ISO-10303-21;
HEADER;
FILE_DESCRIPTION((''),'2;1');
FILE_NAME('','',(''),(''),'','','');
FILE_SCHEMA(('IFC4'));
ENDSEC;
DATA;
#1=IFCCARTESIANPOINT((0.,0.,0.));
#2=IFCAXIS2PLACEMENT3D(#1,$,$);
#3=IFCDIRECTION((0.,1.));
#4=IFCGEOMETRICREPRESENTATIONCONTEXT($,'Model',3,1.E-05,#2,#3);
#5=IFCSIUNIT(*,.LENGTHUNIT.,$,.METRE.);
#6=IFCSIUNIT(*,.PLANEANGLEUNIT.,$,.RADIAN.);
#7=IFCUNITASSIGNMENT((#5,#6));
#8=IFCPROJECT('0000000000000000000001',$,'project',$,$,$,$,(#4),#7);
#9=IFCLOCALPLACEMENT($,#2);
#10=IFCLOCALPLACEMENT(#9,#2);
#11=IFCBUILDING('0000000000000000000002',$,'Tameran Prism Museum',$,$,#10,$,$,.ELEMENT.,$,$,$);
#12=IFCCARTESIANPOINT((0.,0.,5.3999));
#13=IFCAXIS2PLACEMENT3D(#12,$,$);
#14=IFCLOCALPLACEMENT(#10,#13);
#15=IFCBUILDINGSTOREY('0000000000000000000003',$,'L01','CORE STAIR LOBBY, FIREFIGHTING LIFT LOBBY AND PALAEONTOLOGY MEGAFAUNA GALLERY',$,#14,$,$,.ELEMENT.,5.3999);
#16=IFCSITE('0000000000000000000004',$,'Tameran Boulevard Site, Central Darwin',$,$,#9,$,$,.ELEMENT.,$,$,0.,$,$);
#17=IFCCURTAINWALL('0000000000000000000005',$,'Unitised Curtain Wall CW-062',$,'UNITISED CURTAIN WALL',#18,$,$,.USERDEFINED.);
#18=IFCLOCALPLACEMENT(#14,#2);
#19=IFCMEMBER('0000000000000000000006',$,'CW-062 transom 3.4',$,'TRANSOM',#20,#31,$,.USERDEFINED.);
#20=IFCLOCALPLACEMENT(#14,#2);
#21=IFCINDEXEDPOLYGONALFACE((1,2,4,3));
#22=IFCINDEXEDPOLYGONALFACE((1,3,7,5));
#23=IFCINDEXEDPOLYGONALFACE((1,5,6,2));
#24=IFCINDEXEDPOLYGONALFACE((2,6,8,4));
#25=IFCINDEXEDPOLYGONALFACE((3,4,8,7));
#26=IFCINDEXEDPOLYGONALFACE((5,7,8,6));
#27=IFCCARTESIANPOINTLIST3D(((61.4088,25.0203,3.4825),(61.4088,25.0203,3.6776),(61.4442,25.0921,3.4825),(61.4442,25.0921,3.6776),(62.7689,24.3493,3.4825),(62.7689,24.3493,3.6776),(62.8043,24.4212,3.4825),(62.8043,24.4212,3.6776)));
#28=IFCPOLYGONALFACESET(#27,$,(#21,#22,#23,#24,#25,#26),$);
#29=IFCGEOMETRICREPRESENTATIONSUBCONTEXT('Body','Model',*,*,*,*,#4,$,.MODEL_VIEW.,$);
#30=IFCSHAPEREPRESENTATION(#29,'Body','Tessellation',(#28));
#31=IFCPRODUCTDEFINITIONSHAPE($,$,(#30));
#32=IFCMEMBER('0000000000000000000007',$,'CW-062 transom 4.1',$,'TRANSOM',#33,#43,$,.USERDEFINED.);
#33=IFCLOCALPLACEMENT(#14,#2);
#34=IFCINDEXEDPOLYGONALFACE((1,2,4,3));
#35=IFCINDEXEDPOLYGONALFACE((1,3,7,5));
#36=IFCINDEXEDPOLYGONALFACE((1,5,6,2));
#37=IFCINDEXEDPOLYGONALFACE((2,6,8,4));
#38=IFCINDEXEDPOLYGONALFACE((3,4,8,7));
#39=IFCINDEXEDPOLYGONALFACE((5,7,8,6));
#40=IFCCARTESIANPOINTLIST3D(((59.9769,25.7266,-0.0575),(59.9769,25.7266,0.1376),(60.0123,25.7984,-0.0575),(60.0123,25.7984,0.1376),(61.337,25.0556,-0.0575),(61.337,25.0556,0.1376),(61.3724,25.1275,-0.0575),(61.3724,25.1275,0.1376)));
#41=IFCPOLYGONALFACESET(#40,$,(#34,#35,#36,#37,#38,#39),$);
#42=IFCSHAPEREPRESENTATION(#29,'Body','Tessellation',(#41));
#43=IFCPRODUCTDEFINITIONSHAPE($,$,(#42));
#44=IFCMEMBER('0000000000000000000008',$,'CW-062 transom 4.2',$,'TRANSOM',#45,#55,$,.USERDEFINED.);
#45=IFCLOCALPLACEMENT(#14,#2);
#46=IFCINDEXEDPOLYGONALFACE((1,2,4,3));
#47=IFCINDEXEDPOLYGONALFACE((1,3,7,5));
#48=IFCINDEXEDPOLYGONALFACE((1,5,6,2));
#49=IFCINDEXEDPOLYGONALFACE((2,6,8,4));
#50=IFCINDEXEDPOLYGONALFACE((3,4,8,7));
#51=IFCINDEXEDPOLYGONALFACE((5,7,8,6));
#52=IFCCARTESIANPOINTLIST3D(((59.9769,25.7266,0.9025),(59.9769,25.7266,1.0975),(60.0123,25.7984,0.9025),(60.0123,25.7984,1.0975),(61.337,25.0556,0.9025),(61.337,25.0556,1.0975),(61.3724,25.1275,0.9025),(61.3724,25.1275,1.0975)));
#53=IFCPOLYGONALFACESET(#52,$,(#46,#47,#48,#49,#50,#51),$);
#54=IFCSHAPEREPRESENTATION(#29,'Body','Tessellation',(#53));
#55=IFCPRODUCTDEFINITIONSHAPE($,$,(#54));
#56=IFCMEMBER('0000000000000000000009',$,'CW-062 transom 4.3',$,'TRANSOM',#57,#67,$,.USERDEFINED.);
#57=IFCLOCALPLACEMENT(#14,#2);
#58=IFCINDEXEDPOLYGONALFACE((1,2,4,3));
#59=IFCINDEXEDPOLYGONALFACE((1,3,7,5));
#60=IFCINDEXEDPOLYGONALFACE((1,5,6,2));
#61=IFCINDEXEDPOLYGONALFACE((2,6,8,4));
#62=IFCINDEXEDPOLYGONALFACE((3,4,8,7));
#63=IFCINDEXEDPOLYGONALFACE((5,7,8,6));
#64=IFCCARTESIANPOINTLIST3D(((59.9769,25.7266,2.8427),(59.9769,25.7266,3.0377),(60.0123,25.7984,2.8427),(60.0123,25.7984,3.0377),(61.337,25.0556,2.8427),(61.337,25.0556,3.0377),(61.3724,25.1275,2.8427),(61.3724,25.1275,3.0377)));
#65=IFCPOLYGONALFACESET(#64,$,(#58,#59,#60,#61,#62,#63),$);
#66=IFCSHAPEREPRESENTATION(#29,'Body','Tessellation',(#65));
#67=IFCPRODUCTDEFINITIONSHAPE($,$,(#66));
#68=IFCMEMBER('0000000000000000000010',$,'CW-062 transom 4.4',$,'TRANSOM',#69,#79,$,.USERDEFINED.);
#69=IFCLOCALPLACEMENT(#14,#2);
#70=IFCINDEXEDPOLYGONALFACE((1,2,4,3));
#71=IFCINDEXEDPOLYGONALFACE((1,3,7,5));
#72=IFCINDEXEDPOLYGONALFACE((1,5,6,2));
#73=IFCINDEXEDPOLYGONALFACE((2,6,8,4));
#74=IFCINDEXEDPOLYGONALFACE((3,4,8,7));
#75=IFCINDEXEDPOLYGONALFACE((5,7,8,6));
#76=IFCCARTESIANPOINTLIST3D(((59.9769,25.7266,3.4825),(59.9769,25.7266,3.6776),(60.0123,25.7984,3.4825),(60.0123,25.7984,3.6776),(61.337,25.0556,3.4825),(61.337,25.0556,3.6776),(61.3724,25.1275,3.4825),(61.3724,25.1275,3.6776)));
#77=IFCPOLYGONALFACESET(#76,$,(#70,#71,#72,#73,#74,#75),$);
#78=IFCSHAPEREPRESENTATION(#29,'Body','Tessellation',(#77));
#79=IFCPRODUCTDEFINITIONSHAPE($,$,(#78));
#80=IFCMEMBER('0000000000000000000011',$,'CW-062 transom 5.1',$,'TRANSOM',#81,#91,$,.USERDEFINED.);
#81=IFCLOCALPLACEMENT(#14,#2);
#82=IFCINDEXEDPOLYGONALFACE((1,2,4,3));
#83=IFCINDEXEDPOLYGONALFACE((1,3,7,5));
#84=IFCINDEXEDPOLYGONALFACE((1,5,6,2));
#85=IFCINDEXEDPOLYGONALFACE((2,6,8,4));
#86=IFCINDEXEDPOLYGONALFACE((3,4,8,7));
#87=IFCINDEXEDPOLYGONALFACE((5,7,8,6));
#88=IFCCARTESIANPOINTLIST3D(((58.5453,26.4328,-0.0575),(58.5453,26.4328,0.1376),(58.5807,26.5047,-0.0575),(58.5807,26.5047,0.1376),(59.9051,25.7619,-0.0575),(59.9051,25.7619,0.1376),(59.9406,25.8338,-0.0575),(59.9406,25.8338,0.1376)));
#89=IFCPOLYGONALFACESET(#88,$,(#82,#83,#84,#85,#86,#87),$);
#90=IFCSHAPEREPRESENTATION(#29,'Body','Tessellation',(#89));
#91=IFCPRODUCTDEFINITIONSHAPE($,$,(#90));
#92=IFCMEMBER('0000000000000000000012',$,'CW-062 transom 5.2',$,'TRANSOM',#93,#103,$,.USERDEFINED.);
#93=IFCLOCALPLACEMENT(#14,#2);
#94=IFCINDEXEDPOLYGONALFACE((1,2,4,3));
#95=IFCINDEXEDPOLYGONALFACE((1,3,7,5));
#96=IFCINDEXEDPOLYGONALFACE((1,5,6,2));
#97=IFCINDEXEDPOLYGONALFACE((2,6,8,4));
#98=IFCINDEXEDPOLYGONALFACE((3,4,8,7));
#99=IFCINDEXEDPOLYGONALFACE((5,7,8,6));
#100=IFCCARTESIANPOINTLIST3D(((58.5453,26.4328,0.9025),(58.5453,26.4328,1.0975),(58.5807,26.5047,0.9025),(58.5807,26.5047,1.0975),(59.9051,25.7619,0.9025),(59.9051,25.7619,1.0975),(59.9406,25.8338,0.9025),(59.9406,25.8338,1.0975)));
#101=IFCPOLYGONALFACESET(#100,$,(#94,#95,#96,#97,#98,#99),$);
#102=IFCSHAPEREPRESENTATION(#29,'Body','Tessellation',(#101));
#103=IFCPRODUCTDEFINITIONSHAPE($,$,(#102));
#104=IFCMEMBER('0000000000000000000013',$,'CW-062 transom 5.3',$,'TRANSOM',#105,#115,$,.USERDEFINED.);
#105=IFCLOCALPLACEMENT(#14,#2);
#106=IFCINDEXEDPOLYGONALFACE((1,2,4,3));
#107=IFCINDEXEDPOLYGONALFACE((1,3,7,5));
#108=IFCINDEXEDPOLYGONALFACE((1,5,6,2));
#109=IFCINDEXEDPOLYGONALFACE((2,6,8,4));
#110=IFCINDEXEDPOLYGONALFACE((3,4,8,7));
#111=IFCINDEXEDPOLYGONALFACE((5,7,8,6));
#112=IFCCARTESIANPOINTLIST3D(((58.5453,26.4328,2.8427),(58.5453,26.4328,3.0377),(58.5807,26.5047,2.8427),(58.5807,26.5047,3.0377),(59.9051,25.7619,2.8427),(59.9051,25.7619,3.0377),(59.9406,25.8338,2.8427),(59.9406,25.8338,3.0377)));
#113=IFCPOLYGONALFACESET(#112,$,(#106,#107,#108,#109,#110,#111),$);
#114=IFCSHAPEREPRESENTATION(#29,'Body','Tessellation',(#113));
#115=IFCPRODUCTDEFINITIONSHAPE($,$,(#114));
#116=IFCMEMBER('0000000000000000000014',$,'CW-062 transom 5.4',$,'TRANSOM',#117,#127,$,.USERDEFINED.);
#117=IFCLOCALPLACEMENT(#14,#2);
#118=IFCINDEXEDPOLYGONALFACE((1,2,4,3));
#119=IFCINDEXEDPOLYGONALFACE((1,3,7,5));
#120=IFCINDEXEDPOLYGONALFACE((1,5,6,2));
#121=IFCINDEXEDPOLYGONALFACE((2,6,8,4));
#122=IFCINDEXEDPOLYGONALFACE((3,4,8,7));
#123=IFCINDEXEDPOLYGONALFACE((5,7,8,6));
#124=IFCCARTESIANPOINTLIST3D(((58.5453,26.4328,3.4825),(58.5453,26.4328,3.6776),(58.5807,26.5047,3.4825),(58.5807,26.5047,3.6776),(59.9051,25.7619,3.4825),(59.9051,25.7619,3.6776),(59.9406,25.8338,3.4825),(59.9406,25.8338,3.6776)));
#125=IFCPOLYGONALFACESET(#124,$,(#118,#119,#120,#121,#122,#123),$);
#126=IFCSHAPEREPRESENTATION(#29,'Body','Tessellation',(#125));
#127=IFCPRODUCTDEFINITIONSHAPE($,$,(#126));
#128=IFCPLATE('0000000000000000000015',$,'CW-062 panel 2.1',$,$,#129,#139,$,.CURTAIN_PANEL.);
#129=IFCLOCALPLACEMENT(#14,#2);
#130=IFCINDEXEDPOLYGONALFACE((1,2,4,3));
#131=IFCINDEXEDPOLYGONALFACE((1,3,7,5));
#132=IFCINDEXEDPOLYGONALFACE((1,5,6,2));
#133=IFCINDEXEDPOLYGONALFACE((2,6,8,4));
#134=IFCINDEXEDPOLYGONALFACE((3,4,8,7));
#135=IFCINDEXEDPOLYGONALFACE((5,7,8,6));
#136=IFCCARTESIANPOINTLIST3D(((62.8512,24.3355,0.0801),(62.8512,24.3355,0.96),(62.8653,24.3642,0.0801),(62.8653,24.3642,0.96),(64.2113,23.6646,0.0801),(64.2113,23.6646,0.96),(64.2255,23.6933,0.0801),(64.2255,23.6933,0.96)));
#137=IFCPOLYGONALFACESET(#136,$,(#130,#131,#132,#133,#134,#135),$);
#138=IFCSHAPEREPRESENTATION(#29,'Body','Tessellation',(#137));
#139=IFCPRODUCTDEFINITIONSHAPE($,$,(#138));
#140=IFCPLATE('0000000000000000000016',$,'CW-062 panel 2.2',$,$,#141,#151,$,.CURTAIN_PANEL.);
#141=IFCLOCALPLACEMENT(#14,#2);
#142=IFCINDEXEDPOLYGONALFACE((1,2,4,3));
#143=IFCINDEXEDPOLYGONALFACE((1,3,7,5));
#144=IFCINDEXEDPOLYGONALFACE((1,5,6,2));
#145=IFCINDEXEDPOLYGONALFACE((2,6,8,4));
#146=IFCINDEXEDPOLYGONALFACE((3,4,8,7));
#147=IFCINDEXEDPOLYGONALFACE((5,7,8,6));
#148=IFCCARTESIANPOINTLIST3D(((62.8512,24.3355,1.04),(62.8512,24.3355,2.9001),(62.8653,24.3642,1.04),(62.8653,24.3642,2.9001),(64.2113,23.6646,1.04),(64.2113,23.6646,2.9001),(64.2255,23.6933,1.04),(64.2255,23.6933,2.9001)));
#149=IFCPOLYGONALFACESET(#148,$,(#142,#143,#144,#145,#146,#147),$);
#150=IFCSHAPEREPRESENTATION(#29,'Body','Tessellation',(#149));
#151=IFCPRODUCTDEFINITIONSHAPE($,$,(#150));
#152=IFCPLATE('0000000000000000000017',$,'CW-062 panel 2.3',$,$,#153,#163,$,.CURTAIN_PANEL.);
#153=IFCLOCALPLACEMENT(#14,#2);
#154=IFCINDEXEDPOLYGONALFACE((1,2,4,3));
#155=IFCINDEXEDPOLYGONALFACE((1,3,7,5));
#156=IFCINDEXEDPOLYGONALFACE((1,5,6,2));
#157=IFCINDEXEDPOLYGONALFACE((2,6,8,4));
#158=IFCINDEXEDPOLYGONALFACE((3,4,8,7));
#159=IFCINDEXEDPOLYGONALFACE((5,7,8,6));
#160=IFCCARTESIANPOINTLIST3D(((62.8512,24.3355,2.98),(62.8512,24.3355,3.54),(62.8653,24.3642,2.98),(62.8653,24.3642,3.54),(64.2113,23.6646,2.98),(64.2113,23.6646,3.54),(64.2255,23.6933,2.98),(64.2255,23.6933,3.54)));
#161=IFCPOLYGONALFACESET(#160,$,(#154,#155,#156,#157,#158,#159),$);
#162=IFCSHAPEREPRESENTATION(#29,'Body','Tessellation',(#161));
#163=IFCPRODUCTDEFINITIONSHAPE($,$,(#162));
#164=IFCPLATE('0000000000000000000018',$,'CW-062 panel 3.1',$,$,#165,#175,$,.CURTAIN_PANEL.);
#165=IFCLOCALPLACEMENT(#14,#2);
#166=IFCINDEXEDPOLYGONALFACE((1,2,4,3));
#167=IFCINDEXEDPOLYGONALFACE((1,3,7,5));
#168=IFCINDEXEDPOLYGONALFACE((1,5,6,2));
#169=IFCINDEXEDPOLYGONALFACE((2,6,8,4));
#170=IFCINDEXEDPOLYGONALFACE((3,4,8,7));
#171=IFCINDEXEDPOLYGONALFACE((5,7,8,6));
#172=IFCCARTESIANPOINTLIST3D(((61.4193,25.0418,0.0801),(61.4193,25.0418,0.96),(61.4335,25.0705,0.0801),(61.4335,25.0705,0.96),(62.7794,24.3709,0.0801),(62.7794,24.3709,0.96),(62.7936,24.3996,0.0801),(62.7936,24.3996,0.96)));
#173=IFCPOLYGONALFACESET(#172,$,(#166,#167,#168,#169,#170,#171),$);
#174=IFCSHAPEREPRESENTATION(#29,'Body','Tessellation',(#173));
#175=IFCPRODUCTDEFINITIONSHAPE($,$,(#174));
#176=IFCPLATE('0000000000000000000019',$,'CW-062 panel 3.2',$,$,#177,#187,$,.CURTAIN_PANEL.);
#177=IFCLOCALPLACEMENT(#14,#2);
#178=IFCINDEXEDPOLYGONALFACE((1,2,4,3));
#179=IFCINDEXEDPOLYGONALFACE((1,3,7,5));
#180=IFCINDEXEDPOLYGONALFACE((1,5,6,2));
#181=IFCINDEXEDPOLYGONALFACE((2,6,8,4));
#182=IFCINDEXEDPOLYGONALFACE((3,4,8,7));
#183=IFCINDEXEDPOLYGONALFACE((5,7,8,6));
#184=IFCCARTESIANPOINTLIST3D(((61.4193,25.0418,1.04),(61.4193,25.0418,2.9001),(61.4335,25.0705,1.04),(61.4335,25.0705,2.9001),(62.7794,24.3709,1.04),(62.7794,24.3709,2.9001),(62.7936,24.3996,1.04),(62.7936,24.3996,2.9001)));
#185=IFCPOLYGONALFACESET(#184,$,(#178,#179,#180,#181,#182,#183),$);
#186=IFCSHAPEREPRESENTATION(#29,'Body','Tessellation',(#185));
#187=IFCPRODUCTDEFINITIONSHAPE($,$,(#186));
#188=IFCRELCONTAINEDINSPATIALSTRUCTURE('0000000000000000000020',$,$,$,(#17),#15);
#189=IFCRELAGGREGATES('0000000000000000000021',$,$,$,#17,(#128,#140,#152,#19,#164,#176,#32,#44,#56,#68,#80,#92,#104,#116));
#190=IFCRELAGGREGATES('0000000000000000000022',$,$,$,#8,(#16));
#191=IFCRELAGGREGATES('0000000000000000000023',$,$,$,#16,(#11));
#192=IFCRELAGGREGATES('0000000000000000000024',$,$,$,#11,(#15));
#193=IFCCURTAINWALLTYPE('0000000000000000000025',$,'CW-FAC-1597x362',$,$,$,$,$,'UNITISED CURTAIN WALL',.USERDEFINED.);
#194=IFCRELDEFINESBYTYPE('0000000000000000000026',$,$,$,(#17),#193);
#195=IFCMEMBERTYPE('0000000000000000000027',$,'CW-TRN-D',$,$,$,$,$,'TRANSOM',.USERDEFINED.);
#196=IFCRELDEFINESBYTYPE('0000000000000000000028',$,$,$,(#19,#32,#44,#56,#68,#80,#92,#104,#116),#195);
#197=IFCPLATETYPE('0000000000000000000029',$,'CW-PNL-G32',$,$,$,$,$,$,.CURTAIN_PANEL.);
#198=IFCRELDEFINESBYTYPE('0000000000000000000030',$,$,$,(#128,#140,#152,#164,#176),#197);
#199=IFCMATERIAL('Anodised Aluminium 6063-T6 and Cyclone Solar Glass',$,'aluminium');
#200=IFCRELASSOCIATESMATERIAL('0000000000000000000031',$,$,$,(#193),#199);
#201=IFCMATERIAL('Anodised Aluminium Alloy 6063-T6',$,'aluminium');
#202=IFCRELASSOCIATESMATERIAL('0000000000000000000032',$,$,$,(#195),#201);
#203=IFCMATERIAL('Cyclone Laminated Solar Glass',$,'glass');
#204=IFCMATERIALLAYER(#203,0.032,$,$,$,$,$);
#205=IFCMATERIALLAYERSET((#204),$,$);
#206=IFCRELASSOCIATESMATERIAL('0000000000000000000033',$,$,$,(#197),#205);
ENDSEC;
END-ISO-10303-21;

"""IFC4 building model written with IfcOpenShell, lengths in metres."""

from ifc_helpers import new_model, si_unit, direction, frame, origin, origin_2d, place, context, subcontext, project, spatial, rectangle, extrude, material, layer, layer_set, material_profile, profile_set, type_object, element, aggregate, save


model = new_model("IFC4")

# Units and contexts
model_context = context("Model", 3, precision=1e-05, world=origin(), true_north=direction((0.0, 1.0)))
body_context = subcontext(model_context, "Body", "Model", "MODEL_VIEW")
ifc_project = project(units=[si_unit("LENGTHUNIT", "METRE"), si_unit("PLANEANGLEUNIT", "RADIAN")], contexts=[model_context])

# Site, building, storey
site_placement = place(None, origin())
site = spatial("IfcSite", under=ifc_project, at=site_placement, Name="Tameran Boulevard Site, Central Darwin", CompositionType="ELEMENT", RefElevation=0.0)
building_placement = place(site_placement, origin())
building = spatial("IfcBuilding", under=site, at=building_placement, Name="Tameran Prism Museum", CompositionType="ELEMENT")
storey_placement = place(building_placement, frame((0.0, 0.0, 5.3999)))
storey = spatial("IfcBuildingStorey", under=building, at=storey_placement, Name="L01", Description="CORE STAIR LOBBY, FIREFIGHTING LIFT LOBBY AND PALAEONTOLOGY MEGAFAUNA GALLERY", CompositionType="ELEMENT", Elevation=5.3999)

# Curtain wall, members, plates
ifc_material_1 = material(Name="Anodised Aluminium 6063-T6 and Cyclone Solar Glass", Category="aluminium")
curtain_wall_type = type_object("IfcCurtainWallType", Name="CW-FAC-1597x362", ElementType="UNITISED CURTAIN WALL", PredefinedType="USERDEFINED", material=ifc_material_1)
curtain_wall_placement = place(storey_placement, origin())
curtain_wall = element("IfcCurtainWall", 1, at=curtain_wall_placement, inside=storey, type_object=curtain_wall_type, Name="Unitised Curtain Wall CW-062", ObjectType="UNITISED CURTAIN WALL", PredefinedType="USERDEFINED")
ifc_material_2 = material(Name="Anodised Aluminium Alloy 6063-T6", Category="aluminium")
ifc_material_profile_1 = material_profile(ifc_material_2, rectangle(XDim=0.0801, YDim=0.1951, at=origin_2d()))
ifc_profile_set_1 = profile_set([ifc_material_profile_1])
member_type_1 = type_object("IfcMemberType", Name="CW-TRN-D", ElementType="TRANSOM", PredefinedType="USERDEFINED", material=ifc_profile_set_1)
member_1_placement = place(storey_placement, frame((62.7866, 24.3853, 3.5801), z_axis=(-0.896829, 0.442378, 0.0), x_axis=(-0.442378, -0.896829, 0.0)))
member_1 = element("IfcMember", 2, at=member_1_placement, type_object=member_type_1, Name="CW-062 transom 3.4", ObjectType="TRANSOM", PredefinedType="USERDEFINED", context=body_context, shape_type="SweptSolid", body=[
    extrude(rectangle(XDim=0.0801, YDim=0.1951, at=origin_2d()), origin(), (0.0, 0.0, 1.0), 1.5166),
])
member_2_placement = place(storey_placement, frame((61.3547, 25.0916, 0.04), z_axis=(-0.896829, 0.442378, 0.0), x_axis=(-0.442378, -0.896829, 0.0)))
member_2 = element("IfcMember", 3, at=member_2_placement, type_object=member_type_1, Name="CW-062 transom 4.1", ObjectType="TRANSOM", PredefinedType="USERDEFINED", context=body_context, shape_type="SweptSolid", body=[
    extrude(rectangle(XDim=0.0801, YDim=0.1951, at=origin_2d()), origin(), (0.0, 0.0, 1.0), 1.5166),
])
member_3_placement = place(storey_placement, frame((61.3547, 25.0916, 1.0), z_axis=(-0.896829, 0.442378, 0.0), x_axis=(-0.442378, -0.896829, 0.0)))
member_3 = element("IfcMember", 4, at=member_3_placement, type_object=member_type_1, Name="CW-062 transom 4.2", ObjectType="TRANSOM", PredefinedType="USERDEFINED", context=body_context, shape_type="SweptSolid", body=[
    extrude(rectangle(XDim=0.0801, YDim=0.1951, at=origin_2d()), origin(), (0.0, 0.0, 1.0), 1.5166),
])
member_4_placement = place(storey_placement, frame((61.3547, 25.0916, 2.9402), z_axis=(-0.896829, 0.442378, 0.0), x_axis=(-0.442378, -0.896829, 0.0)))
member_4 = element("IfcMember", 5, at=member_4_placement, type_object=member_type_1, Name="CW-062 transom 4.3", ObjectType="TRANSOM", PredefinedType="USERDEFINED", context=body_context, shape_type="SweptSolid", body=[
    extrude(rectangle(XDim=0.0801, YDim=0.1951, at=origin_2d()), origin(), (0.0, 0.0, 1.0), 1.5166),
])
member_5_placement = place(storey_placement, frame((61.3547, 25.0916, 3.5801), z_axis=(-0.896829, 0.442378, 0.0), x_axis=(-0.442378, -0.896829, 0.0)))
member_5 = element("IfcMember", 6, at=member_5_placement, type_object=member_type_1, Name="CW-062 transom 4.4", ObjectType="TRANSOM", PredefinedType="USERDEFINED", context=body_context, shape_type="SweptSolid", body=[
    extrude(rectangle(XDim=0.0801, YDim=0.1951, at=origin_2d()), origin(), (0.0, 0.0, 1.0), 1.5166),
])
member_6_placement = place(storey_placement, frame((59.9229, 25.7979, 0.04), z_axis=(-0.896797, 0.442442, 0.0), x_axis=(-0.442442, -0.896797, 0.0)))
member_6 = element("IfcMember", 7, at=member_6_placement, type_object=member_type_1, Name="CW-062 transom 5.1", ObjectType="TRANSOM", PredefinedType="USERDEFINED", context=body_context, shape_type="SweptSolid", body=[
    extrude(rectangle(XDim=0.0801, YDim=0.1951, at=origin_2d()), origin(), (0.0, 0.0, 1.0), 1.5164),
])
member_7_placement = place(storey_placement, frame((59.9229, 25.7979, 1.0), z_axis=(-0.896797, 0.442442, 0.0), x_axis=(-0.442442, -0.896797, 0.0)))
member_7 = element("IfcMember", 8, at=member_7_placement, type_object=member_type_1, Name="CW-062 transom 5.2", ObjectType="TRANSOM", PredefinedType="USERDEFINED", context=body_context, shape_type="SweptSolid", body=[
    extrude(rectangle(XDim=0.0801, YDim=0.1951, at=origin_2d()), origin(), (0.0, 0.0, 1.0), 1.5164),
])
member_8_placement = place(storey_placement, frame((59.9229, 25.7979, 2.9402), z_axis=(-0.896797, 0.442442, 0.0), x_axis=(-0.442442, -0.896797, 0.0)))
member_8 = element("IfcMember", 9, at=member_8_placement, type_object=member_type_1, Name="CW-062 transom 5.3", ObjectType="TRANSOM", PredefinedType="USERDEFINED", context=body_context, shape_type="SweptSolid", body=[
    extrude(rectangle(XDim=0.0801, YDim=0.1951, at=origin_2d()), origin(), (0.0, 0.0, 1.0), 1.5164),
])
member_9_placement = place(storey_placement, frame((59.9229, 25.7979, 3.5801), z_axis=(-0.896797, 0.442442, 0.0), x_axis=(-0.442442, -0.896797, 0.0)))
member_9 = element("IfcMember", 10, at=member_9_placement, type_object=member_type_1, Name="CW-062 transom 5.4", ObjectType="TRANSOM", PredefinedType="USERDEFINED", context=body_context, shape_type="SweptSolid", body=[
    extrude(rectangle(XDim=0.0801, YDim=0.1951, at=origin_2d()), origin(), (0.0, 0.0, 1.0), 1.5164),
])
ifc_material_3 = material(Name="Cyclone Laminated Solar Glass", Category="glass")
ifc_layer = layer(ifc_material_3, 0.032)
ifc_layer_set = layer_set([ifc_layer])
plate_type = type_object("IfcPlateType", Name="CW-PNL-G32", PredefinedType="CURTAIN_PANEL", material=ifc_layer_set)
plate_1_placement = place(storey_placement, frame((63.5383, 24.0144, 0.0801), z_axis=(0.0, 0.0, 1.0), x_axis=(-0.896819, 0.442397, 0.0)))
plate_1 = element("IfcPlate", 11, at=plate_1_placement, type_object=plate_type, Name="CW-062 panel 2.1", PredefinedType="CURTAIN_PANEL", context=body_context, shape_type="SweptSolid", body=[
    extrude(rectangle(XDim=1.5166, YDim=0.032, at=origin_2d()), origin(), (0.0, 0.0, 1.0), 0.8799),
])
plate_2_placement = place(storey_placement, frame((63.5383, 24.0144, 1.04), z_axis=(0.0, 0.0, 1.0), x_axis=(-0.896819, 0.442397, 0.0)))
plate_2 = element("IfcPlate", 12, at=plate_2_placement, type_object=plate_type, Name="CW-062 panel 2.2", PredefinedType="CURTAIN_PANEL", context=body_context, shape_type="SweptSolid", body=[
    extrude(rectangle(XDim=1.5166, YDim=0.032, at=origin_2d()), origin(), (0.0, 0.0, 1.0), 1.8601),
])
plate_3_placement = place(storey_placement, frame((63.5383, 24.0144, 2.98), z_axis=(0.0, 0.0, 1.0), x_axis=(-0.896819, 0.442397, 0.0)))
plate_3 = element("IfcPlate", 13, at=plate_3_placement, type_object=plate_type, Name="CW-062 panel 2.3", PredefinedType="CURTAIN_PANEL", context=body_context, shape_type="SweptSolid", body=[
    extrude(rectangle(XDim=1.5166, YDim=0.032, at=origin_2d()), origin(), (0.0, 0.0, 1.0), 0.5601),
])
plate_4_placement = place(storey_placement, frame((62.1064, 24.7207, 0.0801), z_axis=(0.0, 0.0, 1.0), x_axis=(-0.896819, 0.442397, 0.0)))
plate_4 = element("IfcPlate", 14, at=plate_4_placement, type_object=plate_type, Name="CW-062 panel 3.1", PredefinedType="CURTAIN_PANEL", context=body_context, shape_type="SweptSolid", body=[
    extrude(rectangle(XDim=1.5166, YDim=0.032, at=origin_2d()), origin(), (0.0, 0.0, 1.0), 0.8799),
])
plate_5_placement = place(storey_placement, frame((62.1064, 24.7207, 1.04), z_axis=(0.0, 0.0, 1.0), x_axis=(-0.896819, 0.442397, 0.0)))
plate_5 = element("IfcPlate", 15, at=plate_5_placement, type_object=plate_type, Name="CW-062 panel 3.2", PredefinedType="CURTAIN_PANEL", context=body_context, shape_type="SweptSolid", body=[
    extrude(rectangle(XDim=1.5166, YDim=0.032, at=origin_2d()), origin(), (0.0, 0.0, 1.0), 1.8601),
])
aggregate(curtain_wall, [plate_1, plate_2, plate_3, member_1, plate_4, plate_5, member_2, member_3, member_4, member_5, member_6, member_7, member_8, member_9])

save(model, "model.ifc")
